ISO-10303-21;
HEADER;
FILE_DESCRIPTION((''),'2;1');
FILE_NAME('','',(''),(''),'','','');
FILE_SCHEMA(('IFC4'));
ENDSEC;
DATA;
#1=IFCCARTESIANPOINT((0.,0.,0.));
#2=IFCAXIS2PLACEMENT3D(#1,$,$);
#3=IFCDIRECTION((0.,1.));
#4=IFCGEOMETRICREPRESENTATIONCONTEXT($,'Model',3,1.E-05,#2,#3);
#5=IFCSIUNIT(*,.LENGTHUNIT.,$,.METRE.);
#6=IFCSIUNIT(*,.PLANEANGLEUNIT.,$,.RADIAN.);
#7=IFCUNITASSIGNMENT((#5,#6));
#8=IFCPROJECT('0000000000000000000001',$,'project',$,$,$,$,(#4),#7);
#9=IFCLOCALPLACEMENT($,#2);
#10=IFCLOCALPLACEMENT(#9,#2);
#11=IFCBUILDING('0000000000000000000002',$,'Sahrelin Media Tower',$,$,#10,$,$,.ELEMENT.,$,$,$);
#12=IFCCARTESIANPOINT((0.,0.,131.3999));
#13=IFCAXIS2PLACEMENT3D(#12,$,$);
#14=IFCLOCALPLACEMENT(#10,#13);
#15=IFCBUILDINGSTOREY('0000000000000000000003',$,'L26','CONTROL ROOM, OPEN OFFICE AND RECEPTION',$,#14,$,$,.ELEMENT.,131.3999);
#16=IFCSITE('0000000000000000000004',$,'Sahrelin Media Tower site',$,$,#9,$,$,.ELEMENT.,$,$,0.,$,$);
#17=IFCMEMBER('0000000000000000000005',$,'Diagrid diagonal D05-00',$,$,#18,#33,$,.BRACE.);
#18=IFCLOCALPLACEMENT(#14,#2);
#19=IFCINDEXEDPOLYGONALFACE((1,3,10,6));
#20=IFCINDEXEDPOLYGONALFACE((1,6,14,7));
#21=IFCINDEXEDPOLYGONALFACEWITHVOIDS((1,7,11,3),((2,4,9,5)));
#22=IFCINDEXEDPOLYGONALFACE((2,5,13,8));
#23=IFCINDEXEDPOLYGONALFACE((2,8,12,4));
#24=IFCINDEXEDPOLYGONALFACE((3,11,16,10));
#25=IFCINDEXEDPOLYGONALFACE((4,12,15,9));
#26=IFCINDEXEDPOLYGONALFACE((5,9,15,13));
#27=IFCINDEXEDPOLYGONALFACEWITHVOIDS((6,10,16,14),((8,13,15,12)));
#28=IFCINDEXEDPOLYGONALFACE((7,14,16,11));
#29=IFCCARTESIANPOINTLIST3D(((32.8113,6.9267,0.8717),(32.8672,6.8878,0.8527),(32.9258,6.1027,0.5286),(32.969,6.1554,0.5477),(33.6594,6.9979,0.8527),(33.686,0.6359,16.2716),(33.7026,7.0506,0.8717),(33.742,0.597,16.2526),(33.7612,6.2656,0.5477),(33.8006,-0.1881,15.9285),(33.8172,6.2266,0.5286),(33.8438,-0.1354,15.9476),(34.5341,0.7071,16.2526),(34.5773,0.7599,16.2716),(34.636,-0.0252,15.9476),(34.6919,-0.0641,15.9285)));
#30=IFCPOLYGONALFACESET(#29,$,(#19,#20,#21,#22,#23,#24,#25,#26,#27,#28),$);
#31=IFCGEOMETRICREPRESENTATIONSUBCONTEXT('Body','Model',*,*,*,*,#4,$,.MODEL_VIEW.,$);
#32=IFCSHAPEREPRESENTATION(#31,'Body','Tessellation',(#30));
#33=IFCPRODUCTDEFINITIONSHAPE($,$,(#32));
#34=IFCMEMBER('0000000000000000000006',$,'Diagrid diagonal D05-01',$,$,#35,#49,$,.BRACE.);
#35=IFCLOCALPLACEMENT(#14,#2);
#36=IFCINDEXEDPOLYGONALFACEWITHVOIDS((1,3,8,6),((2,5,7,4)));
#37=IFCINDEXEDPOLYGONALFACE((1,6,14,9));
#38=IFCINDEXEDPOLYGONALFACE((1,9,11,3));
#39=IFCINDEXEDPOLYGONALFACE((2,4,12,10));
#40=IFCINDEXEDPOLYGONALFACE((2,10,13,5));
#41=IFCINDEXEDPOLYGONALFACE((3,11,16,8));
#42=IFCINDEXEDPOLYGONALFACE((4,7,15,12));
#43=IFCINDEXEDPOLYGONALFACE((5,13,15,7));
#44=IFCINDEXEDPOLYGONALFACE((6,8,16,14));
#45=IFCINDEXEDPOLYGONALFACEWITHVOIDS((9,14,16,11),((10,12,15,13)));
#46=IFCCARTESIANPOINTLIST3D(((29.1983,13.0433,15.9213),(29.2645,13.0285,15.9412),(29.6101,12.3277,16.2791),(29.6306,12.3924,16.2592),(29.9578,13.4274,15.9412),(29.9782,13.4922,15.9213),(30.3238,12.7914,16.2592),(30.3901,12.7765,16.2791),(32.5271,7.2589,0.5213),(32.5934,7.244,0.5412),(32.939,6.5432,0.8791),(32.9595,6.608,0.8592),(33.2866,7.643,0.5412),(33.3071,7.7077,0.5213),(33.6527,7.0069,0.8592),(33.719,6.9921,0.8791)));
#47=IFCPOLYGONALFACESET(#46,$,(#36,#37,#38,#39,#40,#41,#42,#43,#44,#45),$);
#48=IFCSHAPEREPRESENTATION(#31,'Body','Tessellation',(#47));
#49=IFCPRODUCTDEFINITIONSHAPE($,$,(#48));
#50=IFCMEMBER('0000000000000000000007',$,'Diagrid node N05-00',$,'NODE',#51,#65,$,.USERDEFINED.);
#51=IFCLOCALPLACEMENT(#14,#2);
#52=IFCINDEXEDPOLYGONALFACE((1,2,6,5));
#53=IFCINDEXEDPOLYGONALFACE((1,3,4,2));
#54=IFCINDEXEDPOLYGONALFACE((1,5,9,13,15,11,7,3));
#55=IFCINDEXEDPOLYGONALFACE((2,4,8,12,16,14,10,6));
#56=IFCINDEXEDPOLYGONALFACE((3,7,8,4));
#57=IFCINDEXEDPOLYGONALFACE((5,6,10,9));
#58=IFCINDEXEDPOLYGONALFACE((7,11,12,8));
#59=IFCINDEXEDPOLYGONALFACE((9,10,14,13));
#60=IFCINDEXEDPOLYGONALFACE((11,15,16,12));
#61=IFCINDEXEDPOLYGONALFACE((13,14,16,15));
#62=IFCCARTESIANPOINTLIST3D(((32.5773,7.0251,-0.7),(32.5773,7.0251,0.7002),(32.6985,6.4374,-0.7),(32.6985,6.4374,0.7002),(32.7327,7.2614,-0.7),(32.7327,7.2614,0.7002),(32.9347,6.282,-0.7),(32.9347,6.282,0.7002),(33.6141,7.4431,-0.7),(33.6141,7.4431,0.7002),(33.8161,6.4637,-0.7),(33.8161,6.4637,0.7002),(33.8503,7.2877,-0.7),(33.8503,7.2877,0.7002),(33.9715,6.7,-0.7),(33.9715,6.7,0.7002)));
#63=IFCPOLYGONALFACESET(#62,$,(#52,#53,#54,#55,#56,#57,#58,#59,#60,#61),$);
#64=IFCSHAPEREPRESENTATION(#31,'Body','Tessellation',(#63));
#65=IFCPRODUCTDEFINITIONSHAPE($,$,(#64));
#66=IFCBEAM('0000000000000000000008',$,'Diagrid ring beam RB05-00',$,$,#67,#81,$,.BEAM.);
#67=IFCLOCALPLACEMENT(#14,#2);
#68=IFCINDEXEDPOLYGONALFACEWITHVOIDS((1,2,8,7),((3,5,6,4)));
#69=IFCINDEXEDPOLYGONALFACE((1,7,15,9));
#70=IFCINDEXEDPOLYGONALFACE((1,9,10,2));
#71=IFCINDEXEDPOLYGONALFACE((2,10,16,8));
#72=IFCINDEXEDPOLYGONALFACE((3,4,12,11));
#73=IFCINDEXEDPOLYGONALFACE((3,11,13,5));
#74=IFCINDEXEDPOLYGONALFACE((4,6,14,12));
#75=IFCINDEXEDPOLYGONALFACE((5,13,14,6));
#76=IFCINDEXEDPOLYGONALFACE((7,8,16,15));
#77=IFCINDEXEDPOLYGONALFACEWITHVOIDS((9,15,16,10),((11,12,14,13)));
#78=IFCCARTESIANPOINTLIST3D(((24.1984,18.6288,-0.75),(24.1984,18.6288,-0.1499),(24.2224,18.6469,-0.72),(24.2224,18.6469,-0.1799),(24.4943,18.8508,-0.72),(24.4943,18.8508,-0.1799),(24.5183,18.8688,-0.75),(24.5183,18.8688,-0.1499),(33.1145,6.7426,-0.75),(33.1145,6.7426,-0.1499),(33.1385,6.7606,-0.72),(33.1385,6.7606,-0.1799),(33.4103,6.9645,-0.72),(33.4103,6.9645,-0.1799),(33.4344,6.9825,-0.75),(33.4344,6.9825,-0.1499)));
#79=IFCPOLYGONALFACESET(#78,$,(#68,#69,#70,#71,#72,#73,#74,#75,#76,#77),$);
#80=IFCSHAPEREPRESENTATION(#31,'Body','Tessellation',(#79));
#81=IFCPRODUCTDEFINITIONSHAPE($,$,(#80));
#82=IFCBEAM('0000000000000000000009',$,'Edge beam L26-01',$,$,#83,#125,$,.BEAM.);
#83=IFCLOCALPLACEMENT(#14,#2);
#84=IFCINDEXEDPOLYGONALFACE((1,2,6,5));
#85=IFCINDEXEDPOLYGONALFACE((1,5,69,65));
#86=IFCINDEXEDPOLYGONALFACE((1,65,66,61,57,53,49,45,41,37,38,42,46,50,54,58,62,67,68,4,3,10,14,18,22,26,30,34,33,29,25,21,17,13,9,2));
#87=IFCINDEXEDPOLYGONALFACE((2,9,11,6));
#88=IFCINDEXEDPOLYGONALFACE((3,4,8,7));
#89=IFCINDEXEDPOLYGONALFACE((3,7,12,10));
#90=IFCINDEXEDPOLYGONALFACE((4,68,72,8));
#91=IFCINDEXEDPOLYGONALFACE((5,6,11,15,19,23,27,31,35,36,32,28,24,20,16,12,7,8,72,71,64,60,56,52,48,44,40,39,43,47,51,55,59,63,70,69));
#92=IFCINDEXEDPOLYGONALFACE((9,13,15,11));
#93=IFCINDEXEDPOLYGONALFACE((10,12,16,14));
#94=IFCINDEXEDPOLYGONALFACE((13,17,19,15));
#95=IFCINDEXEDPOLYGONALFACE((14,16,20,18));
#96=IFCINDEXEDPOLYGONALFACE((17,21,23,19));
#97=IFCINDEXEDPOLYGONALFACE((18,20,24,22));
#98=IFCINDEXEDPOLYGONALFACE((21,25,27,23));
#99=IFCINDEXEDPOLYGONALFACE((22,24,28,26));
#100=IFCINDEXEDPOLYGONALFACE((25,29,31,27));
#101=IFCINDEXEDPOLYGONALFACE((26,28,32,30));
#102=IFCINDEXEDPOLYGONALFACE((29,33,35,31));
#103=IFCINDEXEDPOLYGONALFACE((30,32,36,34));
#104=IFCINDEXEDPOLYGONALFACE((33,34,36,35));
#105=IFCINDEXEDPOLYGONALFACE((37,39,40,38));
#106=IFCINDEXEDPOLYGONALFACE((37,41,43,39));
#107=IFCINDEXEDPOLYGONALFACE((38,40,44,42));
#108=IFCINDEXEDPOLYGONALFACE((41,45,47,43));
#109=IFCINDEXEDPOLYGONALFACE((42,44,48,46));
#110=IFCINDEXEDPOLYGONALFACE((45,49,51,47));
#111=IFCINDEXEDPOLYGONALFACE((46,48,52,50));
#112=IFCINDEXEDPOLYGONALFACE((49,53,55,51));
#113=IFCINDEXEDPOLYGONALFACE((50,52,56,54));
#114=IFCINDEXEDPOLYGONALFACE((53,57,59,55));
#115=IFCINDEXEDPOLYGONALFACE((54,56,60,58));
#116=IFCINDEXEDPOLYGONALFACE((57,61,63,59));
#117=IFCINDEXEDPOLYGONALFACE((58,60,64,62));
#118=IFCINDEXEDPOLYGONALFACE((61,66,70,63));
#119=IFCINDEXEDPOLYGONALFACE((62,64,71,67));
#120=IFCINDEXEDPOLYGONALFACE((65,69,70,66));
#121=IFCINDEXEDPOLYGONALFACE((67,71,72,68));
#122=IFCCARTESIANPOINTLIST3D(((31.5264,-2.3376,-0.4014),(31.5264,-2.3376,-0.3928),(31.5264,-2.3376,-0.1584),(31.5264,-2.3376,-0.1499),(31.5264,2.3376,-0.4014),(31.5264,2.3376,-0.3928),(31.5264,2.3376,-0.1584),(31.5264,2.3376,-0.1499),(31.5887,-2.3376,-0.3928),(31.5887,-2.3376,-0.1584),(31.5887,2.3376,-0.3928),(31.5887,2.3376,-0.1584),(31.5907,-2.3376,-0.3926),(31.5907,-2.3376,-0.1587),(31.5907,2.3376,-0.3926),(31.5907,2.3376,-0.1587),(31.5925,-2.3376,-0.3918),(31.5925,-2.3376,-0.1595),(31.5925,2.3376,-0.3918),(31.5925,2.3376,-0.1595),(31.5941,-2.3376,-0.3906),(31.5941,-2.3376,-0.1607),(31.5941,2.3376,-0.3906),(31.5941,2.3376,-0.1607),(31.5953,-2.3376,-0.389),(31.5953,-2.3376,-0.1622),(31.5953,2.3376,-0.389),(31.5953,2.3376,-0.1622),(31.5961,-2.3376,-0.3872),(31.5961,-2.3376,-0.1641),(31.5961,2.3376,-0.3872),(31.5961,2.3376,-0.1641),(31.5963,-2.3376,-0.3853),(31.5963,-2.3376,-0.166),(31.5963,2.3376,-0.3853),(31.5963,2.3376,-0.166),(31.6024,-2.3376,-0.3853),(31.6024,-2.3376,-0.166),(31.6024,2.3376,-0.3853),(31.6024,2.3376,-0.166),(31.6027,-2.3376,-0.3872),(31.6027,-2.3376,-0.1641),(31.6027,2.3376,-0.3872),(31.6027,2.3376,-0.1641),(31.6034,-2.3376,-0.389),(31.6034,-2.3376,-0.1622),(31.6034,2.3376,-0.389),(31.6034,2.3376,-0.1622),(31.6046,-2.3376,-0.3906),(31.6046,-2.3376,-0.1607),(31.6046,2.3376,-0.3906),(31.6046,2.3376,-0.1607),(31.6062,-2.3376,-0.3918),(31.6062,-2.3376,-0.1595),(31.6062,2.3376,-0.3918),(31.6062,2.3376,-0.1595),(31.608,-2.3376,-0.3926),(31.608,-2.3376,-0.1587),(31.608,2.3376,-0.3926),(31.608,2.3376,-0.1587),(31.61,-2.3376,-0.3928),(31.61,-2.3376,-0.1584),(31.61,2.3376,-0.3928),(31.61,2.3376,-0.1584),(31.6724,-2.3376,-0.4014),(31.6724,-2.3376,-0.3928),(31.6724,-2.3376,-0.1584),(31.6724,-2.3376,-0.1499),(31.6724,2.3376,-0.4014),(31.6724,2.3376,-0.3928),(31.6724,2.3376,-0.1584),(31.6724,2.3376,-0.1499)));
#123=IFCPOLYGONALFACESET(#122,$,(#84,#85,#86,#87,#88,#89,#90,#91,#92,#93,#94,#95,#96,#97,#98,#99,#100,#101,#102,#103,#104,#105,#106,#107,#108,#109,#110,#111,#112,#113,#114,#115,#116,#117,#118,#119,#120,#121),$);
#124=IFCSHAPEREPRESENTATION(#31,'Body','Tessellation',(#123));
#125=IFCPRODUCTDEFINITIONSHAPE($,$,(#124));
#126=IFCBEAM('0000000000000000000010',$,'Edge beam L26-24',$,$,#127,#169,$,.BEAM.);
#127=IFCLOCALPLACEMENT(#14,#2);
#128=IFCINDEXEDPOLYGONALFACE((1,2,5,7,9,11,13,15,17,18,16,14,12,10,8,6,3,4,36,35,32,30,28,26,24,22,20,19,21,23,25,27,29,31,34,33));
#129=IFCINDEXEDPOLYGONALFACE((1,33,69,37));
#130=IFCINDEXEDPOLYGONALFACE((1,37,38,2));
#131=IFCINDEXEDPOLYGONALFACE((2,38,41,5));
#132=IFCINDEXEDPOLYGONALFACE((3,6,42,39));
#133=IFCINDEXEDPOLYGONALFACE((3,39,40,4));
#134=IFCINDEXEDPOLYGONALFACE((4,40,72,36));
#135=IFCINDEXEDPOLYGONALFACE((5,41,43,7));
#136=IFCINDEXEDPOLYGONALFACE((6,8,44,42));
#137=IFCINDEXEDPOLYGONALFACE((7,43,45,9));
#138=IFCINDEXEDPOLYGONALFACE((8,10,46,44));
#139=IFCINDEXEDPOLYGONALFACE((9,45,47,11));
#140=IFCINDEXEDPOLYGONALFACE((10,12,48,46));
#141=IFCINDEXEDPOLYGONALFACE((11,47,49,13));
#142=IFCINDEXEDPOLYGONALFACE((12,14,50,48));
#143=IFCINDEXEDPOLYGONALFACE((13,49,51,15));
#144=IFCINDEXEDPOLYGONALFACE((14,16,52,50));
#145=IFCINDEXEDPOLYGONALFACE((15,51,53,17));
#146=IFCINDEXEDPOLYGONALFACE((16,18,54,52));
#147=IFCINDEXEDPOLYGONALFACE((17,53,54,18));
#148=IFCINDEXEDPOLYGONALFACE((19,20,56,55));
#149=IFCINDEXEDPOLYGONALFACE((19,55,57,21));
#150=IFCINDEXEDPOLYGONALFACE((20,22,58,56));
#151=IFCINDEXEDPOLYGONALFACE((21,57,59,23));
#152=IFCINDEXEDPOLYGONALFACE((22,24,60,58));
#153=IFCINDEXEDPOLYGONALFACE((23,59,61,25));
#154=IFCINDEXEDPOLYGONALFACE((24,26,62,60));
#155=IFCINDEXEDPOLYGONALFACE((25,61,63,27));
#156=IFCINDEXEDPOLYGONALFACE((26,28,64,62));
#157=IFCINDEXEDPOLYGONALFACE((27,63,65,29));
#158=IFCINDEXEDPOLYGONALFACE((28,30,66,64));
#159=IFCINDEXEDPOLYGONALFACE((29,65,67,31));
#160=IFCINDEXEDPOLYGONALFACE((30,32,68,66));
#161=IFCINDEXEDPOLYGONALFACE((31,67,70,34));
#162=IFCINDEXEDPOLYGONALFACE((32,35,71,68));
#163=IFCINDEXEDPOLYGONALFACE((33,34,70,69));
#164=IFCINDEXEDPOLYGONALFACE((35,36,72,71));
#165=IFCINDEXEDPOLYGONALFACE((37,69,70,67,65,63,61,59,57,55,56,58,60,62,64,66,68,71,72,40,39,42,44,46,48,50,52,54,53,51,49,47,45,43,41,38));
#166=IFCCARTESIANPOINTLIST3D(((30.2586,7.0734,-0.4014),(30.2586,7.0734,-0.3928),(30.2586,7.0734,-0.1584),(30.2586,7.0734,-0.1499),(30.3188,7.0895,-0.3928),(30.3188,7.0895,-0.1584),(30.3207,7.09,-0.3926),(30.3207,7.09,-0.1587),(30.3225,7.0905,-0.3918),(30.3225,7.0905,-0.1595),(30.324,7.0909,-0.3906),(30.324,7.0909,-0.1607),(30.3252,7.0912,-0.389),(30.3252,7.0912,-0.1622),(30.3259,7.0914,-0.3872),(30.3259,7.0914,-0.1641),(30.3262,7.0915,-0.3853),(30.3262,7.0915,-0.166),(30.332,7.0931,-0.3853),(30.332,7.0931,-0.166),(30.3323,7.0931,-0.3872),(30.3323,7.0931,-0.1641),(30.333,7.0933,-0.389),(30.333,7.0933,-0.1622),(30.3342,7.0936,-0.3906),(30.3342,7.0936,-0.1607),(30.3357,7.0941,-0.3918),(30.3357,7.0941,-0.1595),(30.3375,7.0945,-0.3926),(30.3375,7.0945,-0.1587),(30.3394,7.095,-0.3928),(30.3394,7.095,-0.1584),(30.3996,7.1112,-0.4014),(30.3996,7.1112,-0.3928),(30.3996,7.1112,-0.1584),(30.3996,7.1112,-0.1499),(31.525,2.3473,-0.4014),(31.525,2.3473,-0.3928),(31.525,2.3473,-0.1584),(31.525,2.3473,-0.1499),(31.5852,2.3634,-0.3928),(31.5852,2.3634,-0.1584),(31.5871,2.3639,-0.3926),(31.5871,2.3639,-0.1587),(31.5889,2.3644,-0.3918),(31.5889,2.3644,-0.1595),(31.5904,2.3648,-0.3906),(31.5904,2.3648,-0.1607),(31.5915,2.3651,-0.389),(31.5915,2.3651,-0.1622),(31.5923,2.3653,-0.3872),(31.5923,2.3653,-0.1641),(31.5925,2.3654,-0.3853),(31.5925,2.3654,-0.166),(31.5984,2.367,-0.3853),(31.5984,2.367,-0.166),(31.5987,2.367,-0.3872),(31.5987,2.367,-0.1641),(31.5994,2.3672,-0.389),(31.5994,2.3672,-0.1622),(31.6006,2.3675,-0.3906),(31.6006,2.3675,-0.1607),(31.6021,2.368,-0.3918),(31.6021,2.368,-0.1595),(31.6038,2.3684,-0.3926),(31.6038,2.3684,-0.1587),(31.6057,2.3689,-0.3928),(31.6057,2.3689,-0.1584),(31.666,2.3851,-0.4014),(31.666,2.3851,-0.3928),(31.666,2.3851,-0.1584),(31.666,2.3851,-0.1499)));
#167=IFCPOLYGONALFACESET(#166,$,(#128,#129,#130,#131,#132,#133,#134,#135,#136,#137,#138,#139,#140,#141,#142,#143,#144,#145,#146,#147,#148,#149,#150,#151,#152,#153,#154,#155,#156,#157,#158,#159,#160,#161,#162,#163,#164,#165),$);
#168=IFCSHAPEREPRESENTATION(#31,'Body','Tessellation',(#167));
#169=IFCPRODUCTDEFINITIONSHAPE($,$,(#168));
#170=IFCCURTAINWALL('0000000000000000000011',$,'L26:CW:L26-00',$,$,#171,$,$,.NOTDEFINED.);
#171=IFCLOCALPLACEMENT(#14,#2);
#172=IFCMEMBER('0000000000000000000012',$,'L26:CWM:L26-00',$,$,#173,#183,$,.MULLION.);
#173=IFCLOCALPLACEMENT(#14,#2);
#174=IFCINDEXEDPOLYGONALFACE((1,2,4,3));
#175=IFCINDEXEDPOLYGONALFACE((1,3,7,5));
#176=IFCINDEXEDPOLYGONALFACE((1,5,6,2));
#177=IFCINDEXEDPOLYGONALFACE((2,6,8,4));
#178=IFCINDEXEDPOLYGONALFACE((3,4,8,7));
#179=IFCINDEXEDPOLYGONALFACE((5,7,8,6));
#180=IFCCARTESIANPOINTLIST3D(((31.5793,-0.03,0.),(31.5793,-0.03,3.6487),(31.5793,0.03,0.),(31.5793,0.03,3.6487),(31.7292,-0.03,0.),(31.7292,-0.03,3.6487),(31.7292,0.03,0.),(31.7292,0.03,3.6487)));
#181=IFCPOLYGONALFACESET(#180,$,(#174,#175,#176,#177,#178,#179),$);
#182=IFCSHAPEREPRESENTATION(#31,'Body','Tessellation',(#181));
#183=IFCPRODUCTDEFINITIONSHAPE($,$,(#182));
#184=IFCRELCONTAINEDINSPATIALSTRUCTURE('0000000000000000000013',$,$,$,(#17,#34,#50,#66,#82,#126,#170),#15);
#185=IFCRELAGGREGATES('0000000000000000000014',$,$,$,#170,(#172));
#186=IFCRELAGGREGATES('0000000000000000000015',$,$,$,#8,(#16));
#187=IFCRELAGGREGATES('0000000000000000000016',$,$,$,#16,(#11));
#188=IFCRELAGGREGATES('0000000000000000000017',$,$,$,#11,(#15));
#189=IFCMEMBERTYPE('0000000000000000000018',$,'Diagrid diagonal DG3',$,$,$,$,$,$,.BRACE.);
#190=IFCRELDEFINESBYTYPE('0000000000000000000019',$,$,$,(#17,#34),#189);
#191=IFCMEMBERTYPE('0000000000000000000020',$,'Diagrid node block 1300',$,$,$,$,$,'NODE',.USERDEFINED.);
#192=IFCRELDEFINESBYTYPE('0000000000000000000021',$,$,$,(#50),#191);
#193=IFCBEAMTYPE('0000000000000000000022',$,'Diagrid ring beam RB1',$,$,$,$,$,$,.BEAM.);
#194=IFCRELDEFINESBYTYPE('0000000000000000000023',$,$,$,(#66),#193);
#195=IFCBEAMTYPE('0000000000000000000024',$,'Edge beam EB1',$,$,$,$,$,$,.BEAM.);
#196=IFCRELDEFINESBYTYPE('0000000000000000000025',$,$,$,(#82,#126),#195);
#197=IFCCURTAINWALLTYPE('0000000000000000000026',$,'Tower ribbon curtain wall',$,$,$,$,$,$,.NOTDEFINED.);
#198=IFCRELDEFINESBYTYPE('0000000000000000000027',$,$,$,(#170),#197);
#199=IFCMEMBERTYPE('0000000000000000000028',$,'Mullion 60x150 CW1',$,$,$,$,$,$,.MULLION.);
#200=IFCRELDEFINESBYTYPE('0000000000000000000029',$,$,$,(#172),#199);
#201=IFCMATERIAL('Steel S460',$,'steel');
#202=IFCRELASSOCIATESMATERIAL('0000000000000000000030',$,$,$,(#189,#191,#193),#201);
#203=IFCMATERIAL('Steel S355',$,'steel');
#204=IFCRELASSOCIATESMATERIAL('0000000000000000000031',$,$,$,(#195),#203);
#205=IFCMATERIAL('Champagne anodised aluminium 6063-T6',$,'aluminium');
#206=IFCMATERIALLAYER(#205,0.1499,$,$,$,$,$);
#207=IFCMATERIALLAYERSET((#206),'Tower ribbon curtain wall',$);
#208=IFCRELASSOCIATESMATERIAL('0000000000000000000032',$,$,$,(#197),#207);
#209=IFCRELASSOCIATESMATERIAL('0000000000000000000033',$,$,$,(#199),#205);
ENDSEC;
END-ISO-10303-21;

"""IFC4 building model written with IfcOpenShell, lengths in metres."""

from ifc_helpers import new_model, si_unit, direction, frame, origin, origin_2d, place, context, subcontext, project, spatial, polyline, rectangle, hollow_rectangle, i_section, outline, extrude, material, layer, layer_set, material_profile, profile_set, type_object, element, aggregate, save


model = new_model("IFC4")

# Units and contexts
model_context = context("Model", 3, precision=1e-05, world=origin(), true_north=direction((0.0, 1.0)))
body_context = subcontext(model_context, "Body", "Model", "MODEL_VIEW")
ifc_project = project(units=[si_unit("LENGTHUNIT", "METRE"), si_unit("PLANEANGLEUNIT", "RADIAN")], contexts=[model_context])

# Site, building, storey
site_placement = place(None, origin())
site = spatial("IfcSite", under=ifc_project, at=site_placement, Name="Sahrelin Media Tower site", CompositionType="ELEMENT", RefElevation=0.0)
building_placement = place(site_placement, origin())
building = spatial("IfcBuilding", under=site, at=building_placement, Name="Sahrelin Media Tower", CompositionType="ELEMENT")
storey_placement = place(building_placement, frame((0.0, 0.0, 131.3999)))
storey = spatial("IfcBuildingStorey", under=building, at=storey_placement, Name="L26", Description="CONTROL ROOM, OPEN OFFICE AND RECEPTION", CompositionType="ELEMENT", Elevation=131.3999)

# Members
ifc_material_1 = material(Name="Steel S460", Category="steel")
ifc_material_profile_1 = material_profile(ifc_material_1, hollow_rectangle(XDim=0.8999, YDim=0.8999, WallThickness=0.05, at=origin_2d()), Name="Diagrid diagonal DG3")
ifc_profile_set_1 = profile_set([ifc_material_profile_1], Name="Steel S460")
member_type_1 = type_object("IfcMemberType", Name="Diagrid diagonal DG3", PredefinedType="BRACE", material=ifc_profile_set_1)
member_1_placement = place(storey_placement, frame((33.3142, 6.5767, 0.7002), z_axis=(0.052512, -0.377638, 0.924463), x_axis=(0.99047, 0.137729, 0.0)))
element("IfcMember", 1, at=member_1_placement, inside=storey, type_object=member_type_1, Name="Diagrid diagonal D05-00", PredefinedType="BRACE", context=body_context, shape_type="SweptSolid", body=[
    extrude(hollow_rectangle(XDim=0.8999, YDim=0.8999, WallThickness=0.05, at=origin_2d()), origin(), (0.0, 0.0, 1.0), 16.6582),
])
member_2_placement = place(storey_placement, frame((33.123, 7.1255, 0.7002), z_axis=(-0.198337, 0.344642, 0.917543), x_axis=(-0.866724, -0.498788, 0.0)))
element("IfcMember", 2, at=member_2_placement, inside=storey, type_object=member_type_1, Name="Diagrid diagonal D05-01", PredefinedType="BRACE", context=body_context, shape_type="SweptSolid", body=[
    extrude(hollow_rectangle(XDim=0.8999, YDim=0.8999, WallThickness=0.05, at=origin_2d()), origin(), (0.0, 0.0, 1.0), 16.7839),
])
ifc_material_profile_2 = material_profile(ifc_material_1, outline(polyline([(0.45, -0.5), (0.6499, -0.3), (0.6499, 0.3), (0.45, 0.5), (-0.45, 0.5), (-0.6499, 0.3), (-0.6499, -0.3), (-0.45, -0.5), (0.45, -0.5)])), Name="Diagrid node block 1300")
ifc_profile_set_2 = profile_set([ifc_material_profile_2], Name="Steel S460")
member_type_2 = type_object("IfcMemberType", Name="Diagrid node block 1300", ElementType="NODE", PredefinedType="USERDEFINED", material=ifc_profile_set_2)
member_3_placement = place(storey_placement, frame((33.2744, 6.8625, -0.7), z_axis=(0.0, 0.0, 1.0), x_axis=(0.979388, 0.201989, 0.0)))
element("IfcMember", 3, at=member_3_placement, inside=storey, type_object=member_type_2, Name="Diagrid node N05-00", ObjectType="NODE", PredefinedType="USERDEFINED", context=body_context, shape_type="SweptSolid", body=[
    extrude(outline(polyline([(0.45, -0.5), (0.6499, -0.3), (0.6499, 0.3), (0.45, 0.5), (-0.45, 0.5), (-0.6499, 0.3), (-0.6499, -0.3), (-0.45, -0.5), (0.45, -0.5)])), origin(), (0.0, 0.0, 1.0), 1.4001),
])

# Beams
ifc_material_profile_3 = material_profile(ifc_material_1, hollow_rectangle(XDim=0.3999, YDim=0.6001, WallThickness=0.03, at=origin_2d()), Name="Diagrid ring beam RB1")
ifc_profile_set_3 = profile_set([ifc_material_profile_3], Name="Steel S460")
beam_type_1 = type_object("IfcBeamType", Name="Diagrid ring beam RB1", PredefinedType="BEAM", material=ifc_profile_set_3)
beam_1_placement = place(storey_placement, frame((33.2744, 6.8625, -0.45), z_axis=(-0.600058, 0.799957, 0.0), x_axis=(-0.799957, -0.600058, 0.0)))
element("IfcBeam", 4, at=beam_1_placement, inside=storey, type_object=beam_type_1, Name="Diagrid ring beam RB05-00", PredefinedType="BEAM", context=body_context, shape_type="SweptSolid", body=[
    extrude(hollow_rectangle(XDim=0.3999, YDim=0.6001, WallThickness=0.03, at=origin_2d()), origin(), (0.0, 0.0, 1.0), 14.8586),
])
ifc_material_2 = material(Name="Steel S355", Category="steel")
ifc_material_profile_4 = material_profile(ifc_material_2, i_section(OverallWidth=0.146, OverallDepth=0.2515, WebThickness=0.0061, FlangeThickness=0.0085, FilletRadius=0.0076, at=origin_2d()), Name="UB 254x146x31")
ifc_profile_set_4 = profile_set([ifc_material_profile_4], Name="Steel S355")
beam_type_2 = type_object("IfcBeamType", Name="Edge beam EB1", PredefinedType="BEAM", material=ifc_profile_set_4)
beam_2_placement = place(storey_placement, frame((31.5994, 2.3376, -0.2756), z_axis=(0.0, -1.0, 0.0), x_axis=(1.0, 0.0, 0.0)))
element("IfcBeam", 5, at=beam_2_placement, inside=storey, type_object=beam_type_2, Name="Edge beam L26-01", PredefinedType="BEAM", context=body_context, shape_type="SweptSolid", body=[
    extrude(i_section(OverallWidth=0.146, OverallDepth=0.2515, WebThickness=0.0061, FlangeThickness=0.0085, FilletRadius=0.0076, at=origin_2d()), origin(), (0.0, 0.0, 1.0), 4.6753),
])
beam_3_placement = place(storey_placement, frame((30.3291, 7.0923, -0.2756), z_axis=(0.258821, -0.965925, 0.0), x_axis=(0.965925, 0.258821, 0.0)))
element("IfcBeam", 6, at=beam_3_placement, inside=storey, type_object=beam_type_2, Name="Edge beam L26-24", PredefinedType="BEAM", context=body_context, shape_type="SweptSolid", body=[
    extrude(i_section(OverallWidth=0.146, OverallDepth=0.2515, WebThickness=0.0061, FlangeThickness=0.0085, FilletRadius=0.0076, at=origin_2d()), origin(), (0.0, 0.0, 1.0), 4.8928),
])

# Curtain wall, member
ifc_material_3 = material(Name="Champagne anodised aluminium 6063-T6", Category="aluminium")
ifc_layer_1 = layer(ifc_material_3, 0.1499)
ifc_layer_set_1 = layer_set([ifc_layer_1], Name="Tower ribbon curtain wall")
curtain_wall_type = type_object("IfcCurtainWallType", Name="Tower ribbon curtain wall", PredefinedType="NOTDEFINED", material=ifc_layer_set_1)
curtain_wall_1_placement = place(storey_placement, frame((31.7493, 0.0, 0.0), z_axis=(0.0, 0.0, 1.0), x_axis=(1.0, 0.0, 0.0)))
curtain_wall_1 = element("IfcCurtainWall", 7, at=curtain_wall_1_placement, inside=storey, type_object=curtain_wall_type, Name="L26:CW:L26-00", PredefinedType="NOTDEFINED")
ifc_material_profile_5 = material_profile(ifc_material_3, rectangle(XDim=0.0601, YDim=0.1499, at=origin_2d()), Name="Mullion 60x150")
ifc_profile_set_5 = profile_set([ifc_material_profile_5], Name="Champagne anodised aluminium 6063-T6")
member_type_3 = type_object("IfcMemberType", Name="Mullion 60x150 CW1", PredefinedType="MULLION", material=ifc_profile_set_5)
member_4_placement = place(storey_placement, frame((31.6543, 0.0, 0.0), z_axis=(0.0, 0.0, 1.0), x_axis=(0.0, 1.0, 0.0)))
member_4 = element("IfcMember", 8, at=member_4_placement, type_object=member_type_3, Name="L26:CWM:L26-00", PredefinedType="MULLION", context=body_context, shape_type="SweptSolid", body=[
    extrude(rectangle(XDim=0.0601, YDim=0.1499, at=origin_2d()), origin(), (0.0, 0.0, 1.0), 3.6487),
])
aggregate(curtain_wall_1, [member_4])

save(model, "model.ifc")
